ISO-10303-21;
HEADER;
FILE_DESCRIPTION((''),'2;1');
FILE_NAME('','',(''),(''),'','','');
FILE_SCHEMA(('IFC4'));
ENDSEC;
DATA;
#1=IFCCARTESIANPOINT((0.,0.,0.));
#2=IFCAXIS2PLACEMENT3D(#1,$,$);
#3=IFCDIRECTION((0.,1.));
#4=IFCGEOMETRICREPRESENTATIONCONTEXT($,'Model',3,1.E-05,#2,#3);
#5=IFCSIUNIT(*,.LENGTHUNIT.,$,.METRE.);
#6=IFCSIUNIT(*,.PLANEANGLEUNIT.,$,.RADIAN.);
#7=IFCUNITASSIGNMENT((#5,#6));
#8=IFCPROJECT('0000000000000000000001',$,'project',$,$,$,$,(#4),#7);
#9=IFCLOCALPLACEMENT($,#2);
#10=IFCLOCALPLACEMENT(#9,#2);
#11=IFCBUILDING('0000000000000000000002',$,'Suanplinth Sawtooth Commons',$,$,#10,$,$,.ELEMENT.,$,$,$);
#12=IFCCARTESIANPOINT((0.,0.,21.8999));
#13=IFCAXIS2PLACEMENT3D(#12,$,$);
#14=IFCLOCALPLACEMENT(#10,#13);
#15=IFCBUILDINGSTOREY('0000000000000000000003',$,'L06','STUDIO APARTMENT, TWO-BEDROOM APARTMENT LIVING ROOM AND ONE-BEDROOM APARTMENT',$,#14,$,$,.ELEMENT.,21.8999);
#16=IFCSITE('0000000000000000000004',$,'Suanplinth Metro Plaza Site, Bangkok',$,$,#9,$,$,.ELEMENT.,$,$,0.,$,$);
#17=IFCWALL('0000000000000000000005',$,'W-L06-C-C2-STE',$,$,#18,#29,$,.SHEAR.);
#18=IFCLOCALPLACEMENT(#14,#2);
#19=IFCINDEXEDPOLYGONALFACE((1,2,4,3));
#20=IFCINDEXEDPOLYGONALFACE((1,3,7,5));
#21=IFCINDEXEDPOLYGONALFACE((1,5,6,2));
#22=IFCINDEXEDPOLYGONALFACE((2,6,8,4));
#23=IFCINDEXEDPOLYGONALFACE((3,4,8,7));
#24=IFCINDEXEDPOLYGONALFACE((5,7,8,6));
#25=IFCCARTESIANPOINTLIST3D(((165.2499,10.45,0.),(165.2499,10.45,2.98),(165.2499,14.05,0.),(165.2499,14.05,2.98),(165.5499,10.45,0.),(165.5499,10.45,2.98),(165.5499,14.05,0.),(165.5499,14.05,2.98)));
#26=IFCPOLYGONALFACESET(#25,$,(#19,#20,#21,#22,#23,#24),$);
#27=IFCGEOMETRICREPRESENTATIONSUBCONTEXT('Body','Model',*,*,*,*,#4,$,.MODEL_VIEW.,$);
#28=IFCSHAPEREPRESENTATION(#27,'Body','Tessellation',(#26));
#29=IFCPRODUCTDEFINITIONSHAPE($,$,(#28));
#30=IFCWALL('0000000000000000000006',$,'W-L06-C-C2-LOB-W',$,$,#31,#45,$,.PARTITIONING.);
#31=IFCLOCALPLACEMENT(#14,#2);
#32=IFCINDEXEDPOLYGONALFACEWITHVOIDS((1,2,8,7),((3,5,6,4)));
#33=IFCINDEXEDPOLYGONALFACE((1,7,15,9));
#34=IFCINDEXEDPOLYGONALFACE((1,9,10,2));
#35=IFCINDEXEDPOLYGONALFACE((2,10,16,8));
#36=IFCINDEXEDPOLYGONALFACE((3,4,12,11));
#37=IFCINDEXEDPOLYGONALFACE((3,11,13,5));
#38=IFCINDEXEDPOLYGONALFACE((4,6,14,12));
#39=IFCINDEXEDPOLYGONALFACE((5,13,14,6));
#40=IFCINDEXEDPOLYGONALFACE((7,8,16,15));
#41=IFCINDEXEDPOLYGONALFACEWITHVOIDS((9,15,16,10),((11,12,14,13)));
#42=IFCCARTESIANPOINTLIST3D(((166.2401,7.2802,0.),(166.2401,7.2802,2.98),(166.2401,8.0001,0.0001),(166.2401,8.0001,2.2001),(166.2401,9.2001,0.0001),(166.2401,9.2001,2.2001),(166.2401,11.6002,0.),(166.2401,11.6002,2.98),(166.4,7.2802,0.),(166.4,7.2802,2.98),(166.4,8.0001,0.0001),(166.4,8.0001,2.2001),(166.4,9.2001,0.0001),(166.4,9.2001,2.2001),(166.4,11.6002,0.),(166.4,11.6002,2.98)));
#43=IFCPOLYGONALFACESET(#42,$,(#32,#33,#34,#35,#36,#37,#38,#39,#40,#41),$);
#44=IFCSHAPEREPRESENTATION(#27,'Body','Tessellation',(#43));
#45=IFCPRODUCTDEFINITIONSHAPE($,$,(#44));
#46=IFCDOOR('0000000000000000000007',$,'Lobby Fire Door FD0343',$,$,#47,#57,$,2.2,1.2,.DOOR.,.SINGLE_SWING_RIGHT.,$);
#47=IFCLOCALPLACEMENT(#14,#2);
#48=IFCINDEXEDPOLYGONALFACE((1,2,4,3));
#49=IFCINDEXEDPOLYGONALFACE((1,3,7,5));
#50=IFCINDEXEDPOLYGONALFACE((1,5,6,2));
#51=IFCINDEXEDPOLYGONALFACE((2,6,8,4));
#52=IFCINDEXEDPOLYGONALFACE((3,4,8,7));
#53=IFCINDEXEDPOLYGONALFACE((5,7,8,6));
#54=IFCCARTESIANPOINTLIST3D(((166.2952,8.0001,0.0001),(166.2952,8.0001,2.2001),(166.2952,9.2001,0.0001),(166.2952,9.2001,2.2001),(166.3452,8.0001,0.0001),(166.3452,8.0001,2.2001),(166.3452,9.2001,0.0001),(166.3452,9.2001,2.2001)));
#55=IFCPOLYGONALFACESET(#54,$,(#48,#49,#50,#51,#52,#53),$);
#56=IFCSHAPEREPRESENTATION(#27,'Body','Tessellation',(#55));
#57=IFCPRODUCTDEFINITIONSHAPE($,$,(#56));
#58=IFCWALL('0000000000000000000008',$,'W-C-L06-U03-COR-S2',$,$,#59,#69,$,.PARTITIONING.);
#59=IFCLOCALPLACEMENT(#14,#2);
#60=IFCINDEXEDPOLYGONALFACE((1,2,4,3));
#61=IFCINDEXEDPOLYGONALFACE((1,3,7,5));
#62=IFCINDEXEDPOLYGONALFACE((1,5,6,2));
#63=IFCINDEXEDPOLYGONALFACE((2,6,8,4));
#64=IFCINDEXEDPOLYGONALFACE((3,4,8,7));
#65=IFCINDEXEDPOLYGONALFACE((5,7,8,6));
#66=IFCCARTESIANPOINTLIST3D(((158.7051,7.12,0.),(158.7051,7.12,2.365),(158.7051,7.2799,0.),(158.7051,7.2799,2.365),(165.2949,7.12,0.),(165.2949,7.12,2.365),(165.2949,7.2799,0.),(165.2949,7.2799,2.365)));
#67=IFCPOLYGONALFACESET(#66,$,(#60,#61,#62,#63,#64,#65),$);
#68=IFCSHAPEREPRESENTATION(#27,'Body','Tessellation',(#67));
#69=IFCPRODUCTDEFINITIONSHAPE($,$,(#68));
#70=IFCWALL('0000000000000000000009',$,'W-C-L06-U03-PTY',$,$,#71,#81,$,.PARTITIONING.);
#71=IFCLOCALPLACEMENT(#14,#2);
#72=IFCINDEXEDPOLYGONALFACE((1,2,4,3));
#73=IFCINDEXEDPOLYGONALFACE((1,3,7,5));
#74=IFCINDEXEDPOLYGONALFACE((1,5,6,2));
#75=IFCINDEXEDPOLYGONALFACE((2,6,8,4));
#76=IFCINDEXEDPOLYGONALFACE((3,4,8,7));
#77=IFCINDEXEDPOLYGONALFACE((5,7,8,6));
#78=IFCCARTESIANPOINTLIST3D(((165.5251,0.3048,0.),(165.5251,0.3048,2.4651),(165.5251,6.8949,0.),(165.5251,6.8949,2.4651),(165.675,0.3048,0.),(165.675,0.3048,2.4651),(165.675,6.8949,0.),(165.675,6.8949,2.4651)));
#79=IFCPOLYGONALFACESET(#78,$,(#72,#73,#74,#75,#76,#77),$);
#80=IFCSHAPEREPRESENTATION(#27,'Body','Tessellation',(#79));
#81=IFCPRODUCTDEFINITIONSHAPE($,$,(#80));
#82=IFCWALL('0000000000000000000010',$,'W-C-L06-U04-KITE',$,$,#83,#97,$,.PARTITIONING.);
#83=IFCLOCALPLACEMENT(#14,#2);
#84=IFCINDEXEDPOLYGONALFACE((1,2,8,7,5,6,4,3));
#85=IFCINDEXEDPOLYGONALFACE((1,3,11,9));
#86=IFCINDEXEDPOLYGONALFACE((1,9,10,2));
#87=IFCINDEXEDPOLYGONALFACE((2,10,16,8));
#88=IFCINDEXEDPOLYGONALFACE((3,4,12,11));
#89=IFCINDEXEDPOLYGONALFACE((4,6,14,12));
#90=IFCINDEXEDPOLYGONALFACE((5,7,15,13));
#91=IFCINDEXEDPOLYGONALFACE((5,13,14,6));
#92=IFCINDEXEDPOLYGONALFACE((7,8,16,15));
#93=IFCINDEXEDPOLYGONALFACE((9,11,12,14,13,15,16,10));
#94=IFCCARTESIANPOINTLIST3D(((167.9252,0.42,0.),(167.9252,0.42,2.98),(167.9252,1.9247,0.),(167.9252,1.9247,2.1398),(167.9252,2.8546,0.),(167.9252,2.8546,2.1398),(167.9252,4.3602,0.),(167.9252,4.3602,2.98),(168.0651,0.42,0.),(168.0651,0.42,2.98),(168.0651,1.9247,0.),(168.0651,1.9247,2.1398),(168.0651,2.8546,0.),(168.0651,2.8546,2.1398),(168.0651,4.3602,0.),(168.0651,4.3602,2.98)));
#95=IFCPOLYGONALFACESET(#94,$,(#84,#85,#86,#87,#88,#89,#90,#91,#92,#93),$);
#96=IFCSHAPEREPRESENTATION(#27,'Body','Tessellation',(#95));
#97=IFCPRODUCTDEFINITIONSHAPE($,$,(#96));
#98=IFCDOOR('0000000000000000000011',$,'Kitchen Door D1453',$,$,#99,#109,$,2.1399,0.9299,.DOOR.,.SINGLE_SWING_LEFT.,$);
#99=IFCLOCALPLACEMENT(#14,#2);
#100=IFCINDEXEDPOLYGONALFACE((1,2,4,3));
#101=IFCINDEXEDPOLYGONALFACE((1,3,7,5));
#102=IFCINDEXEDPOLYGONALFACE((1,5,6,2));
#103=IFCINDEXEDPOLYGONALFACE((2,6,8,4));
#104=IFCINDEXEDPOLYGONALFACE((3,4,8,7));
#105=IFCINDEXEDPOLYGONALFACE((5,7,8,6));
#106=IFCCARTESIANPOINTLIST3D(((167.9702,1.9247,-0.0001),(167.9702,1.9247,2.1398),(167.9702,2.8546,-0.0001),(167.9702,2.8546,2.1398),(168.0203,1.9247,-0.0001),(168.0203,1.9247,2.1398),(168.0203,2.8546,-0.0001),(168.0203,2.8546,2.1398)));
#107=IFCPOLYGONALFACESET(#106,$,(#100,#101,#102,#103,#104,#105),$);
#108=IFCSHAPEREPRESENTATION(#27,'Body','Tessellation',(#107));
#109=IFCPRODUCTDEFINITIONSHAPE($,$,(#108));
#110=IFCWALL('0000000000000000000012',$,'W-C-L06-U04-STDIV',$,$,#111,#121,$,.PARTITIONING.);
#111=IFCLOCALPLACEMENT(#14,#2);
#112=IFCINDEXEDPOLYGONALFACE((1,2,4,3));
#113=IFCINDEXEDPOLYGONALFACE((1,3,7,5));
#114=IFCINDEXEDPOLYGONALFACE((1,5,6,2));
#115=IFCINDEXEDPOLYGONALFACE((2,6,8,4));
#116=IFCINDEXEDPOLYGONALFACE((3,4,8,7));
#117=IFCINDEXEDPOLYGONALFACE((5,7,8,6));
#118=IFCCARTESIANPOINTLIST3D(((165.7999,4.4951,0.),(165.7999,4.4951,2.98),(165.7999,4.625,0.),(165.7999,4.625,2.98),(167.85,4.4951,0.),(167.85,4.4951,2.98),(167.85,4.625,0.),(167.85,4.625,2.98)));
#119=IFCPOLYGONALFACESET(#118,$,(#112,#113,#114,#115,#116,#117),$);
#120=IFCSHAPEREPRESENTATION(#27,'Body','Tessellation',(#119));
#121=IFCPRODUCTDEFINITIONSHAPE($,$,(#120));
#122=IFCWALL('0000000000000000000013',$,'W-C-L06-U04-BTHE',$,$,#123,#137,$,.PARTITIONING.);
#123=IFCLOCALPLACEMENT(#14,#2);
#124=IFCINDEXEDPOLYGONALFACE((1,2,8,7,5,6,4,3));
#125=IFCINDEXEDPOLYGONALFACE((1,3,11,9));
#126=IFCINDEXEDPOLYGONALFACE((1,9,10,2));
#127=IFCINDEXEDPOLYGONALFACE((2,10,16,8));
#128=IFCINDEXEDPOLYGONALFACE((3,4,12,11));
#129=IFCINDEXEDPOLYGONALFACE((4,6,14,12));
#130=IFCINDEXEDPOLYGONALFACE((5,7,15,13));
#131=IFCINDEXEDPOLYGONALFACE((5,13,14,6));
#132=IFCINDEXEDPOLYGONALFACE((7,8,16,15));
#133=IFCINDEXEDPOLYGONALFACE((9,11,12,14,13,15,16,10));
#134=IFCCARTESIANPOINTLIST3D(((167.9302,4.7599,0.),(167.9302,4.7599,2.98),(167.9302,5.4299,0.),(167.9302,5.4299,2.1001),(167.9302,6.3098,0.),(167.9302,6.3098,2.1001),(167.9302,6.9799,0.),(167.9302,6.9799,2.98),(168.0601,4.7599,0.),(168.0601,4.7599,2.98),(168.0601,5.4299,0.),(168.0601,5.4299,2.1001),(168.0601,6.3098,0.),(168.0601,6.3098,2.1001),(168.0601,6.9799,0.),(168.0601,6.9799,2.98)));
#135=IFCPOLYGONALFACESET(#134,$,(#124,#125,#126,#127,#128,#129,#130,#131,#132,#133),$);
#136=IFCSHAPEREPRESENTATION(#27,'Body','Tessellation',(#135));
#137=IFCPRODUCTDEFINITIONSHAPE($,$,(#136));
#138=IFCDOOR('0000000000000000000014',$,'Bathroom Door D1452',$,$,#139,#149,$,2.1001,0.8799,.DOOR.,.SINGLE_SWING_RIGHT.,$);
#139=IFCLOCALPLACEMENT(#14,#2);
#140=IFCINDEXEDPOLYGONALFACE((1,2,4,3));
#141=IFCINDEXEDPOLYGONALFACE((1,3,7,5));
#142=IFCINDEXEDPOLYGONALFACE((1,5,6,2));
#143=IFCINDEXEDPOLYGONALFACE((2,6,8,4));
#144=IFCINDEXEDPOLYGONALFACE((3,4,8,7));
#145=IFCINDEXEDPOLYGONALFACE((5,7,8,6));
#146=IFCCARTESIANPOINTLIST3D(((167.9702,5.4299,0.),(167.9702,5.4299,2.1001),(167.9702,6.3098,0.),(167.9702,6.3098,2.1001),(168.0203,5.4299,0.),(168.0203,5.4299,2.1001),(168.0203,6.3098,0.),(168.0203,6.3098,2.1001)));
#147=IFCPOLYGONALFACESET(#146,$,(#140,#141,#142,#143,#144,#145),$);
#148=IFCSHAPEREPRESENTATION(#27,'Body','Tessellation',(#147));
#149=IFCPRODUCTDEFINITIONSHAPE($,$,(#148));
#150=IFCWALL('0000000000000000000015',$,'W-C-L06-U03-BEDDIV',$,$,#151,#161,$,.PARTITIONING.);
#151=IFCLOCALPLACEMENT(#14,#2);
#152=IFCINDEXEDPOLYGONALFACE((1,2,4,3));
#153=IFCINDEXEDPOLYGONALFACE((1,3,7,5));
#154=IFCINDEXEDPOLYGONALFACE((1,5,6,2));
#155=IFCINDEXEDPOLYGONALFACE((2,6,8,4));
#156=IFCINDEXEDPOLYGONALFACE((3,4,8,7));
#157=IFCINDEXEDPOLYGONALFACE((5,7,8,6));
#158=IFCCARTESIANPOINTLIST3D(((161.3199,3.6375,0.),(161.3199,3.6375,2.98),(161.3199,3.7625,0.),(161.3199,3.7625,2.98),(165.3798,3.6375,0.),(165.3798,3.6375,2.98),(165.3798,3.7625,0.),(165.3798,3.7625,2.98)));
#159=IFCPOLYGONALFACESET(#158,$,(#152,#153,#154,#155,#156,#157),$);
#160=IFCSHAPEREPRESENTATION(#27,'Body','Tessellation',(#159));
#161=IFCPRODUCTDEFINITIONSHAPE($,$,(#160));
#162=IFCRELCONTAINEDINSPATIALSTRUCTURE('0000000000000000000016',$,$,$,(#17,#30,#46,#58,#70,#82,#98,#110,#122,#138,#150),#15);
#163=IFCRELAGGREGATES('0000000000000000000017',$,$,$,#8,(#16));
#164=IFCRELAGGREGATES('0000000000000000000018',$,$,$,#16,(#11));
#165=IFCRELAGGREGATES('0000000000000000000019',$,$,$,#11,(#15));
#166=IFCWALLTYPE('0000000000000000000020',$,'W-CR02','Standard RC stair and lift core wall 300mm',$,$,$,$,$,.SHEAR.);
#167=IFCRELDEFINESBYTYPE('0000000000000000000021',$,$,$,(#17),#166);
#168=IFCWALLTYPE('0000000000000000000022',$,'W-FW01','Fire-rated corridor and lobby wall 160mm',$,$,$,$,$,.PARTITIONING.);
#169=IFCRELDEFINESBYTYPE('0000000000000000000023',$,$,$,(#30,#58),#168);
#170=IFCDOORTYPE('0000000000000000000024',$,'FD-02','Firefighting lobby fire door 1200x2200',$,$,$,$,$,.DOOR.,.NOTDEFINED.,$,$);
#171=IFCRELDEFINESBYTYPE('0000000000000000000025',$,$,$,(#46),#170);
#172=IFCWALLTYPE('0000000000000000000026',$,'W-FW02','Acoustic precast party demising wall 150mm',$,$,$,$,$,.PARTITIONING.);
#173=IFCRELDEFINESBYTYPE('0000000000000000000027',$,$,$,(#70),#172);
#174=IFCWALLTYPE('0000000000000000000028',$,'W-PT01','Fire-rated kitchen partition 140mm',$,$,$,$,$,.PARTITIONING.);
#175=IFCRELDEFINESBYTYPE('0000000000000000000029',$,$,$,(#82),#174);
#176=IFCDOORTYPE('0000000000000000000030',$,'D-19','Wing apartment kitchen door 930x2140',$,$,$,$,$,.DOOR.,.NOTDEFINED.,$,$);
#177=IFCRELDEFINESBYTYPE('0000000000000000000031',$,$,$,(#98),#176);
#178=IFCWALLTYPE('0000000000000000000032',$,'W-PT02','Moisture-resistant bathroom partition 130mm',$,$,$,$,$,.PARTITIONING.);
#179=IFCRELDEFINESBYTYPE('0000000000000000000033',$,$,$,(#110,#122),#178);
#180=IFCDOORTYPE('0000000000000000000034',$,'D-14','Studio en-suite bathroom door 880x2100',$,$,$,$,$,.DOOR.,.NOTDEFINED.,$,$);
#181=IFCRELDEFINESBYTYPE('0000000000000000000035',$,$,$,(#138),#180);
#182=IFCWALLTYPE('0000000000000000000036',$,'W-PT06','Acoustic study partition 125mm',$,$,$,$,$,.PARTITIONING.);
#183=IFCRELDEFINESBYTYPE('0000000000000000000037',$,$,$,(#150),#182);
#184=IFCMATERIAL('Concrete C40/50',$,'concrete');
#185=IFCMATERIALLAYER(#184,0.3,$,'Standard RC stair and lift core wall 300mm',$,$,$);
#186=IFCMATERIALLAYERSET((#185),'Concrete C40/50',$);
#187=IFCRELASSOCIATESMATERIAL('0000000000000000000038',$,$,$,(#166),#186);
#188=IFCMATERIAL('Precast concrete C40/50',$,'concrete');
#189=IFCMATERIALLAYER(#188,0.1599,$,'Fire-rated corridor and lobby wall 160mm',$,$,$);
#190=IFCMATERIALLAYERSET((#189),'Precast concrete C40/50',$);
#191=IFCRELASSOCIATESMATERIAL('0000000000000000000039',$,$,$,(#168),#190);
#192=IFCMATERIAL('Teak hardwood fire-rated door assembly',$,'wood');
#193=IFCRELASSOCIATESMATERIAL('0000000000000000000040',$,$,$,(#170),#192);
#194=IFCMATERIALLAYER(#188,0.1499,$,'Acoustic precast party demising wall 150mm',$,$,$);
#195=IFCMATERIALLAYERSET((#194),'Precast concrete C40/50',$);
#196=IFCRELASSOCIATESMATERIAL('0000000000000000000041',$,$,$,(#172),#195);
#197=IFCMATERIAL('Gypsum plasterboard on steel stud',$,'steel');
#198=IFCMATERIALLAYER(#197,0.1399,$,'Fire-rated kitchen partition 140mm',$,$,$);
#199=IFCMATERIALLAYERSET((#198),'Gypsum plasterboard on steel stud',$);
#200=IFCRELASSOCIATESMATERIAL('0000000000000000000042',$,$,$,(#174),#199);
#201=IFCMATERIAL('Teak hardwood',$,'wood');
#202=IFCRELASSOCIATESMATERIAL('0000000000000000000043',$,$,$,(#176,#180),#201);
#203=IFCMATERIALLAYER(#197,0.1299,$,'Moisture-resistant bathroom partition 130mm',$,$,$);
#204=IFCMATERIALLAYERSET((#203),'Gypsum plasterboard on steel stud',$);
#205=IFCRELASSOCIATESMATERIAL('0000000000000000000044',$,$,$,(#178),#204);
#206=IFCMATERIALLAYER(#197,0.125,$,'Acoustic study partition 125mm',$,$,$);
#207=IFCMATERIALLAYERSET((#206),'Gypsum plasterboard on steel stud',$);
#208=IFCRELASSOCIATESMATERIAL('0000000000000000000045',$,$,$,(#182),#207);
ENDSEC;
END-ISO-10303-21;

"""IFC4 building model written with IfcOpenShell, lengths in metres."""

from ifc_helpers import new_model, si_unit, direction, frame, frame_2d, origin, place, context, subcontext, project, spatial, rectangle, extrude, material, layer, layer_set, type_object, element, fill, save


model = new_model("IFC4")

# Units and contexts
model_context = context("Model", 3, precision=1e-05, world=origin(), true_north=direction((0.0, 1.0)))
body_context = subcontext(model_context, "Body", "Model", "MODEL_VIEW")
ifc_project = project(units=[si_unit("LENGTHUNIT", "METRE"), si_unit("PLANEANGLEUNIT", "RADIAN")], contexts=[model_context])

# Site, building, storey
site_placement = place(None, origin())
site = spatial("IfcSite", under=ifc_project, at=site_placement, Name="Suanplinth Metro Plaza Site, Bangkok", CompositionType="ELEMENT", RefElevation=0.0)
building_placement = place(site_placement, origin())
building = spatial("IfcBuilding", under=site, at=building_placement, Name="Suanplinth Sawtooth Commons", CompositionType="ELEMENT")
storey_placement = place(building_placement, frame((0.0, 0.0, 21.8999)))
storey = spatial("IfcBuildingStorey", under=building, at=storey_placement, Name="L06", Description="STUDIO APARTMENT, TWO-BEDROOM APARTMENT LIVING ROOM AND ONE-BEDROOM APARTMENT", CompositionType="ELEMENT", Elevation=21.8999)

# Shared definitions
ifc_material_1 = material(Name="Precast concrete C40/50", Category="concrete")

# Shared definitions
ifc_material_2 = material(Name="Concrete C40/50", Category="concrete")
ifc_layer_1 = layer(ifc_material_2, 0.3, Name="Standard RC stair and lift core wall 300mm")
ifc_layer_set_1 = layer_set([ifc_layer_1], Name="Concrete C40/50")
wall_type_1 = type_object("IfcWallType", Name="W-CR02", Description="Standard RC stair and lift core wall 300mm", PredefinedType="SHEAR", material=ifc_layer_set_1)
ifc_material_3 = material(Name="Teak hardwood fire-rated door assembly", Category="wood")

# Wall
for number, where, z_axis, x_axis, name in (
    (1, (165.3999, 10.45, 0.0), (0.0, 0.0, 1.0), (0.0, 1.0, 0.0), "W-L06-C-C2-STE"),
):
    element("IfcWall", number, at=place(storey_placement, frame(where, z_axis=z_axis, x_axis=x_axis)), inside=storey, type_object=wall_type_1, Name=name, PredefinedType="SHEAR", context=body_context, shape_type="SweptSolid", body=[
        extrude(rectangle(XDim=3.6001, YDim=0.3, at=frame_2d((1.8, 0.0))), origin(), (0.0, 0.0, 1.0), 2.98),
    ])

# Wall, opening, door
ifc_layer_2 = layer(ifc_material_1, 0.1599, Name="Fire-rated corridor and lobby wall 160mm")
ifc_layer_set_2 = layer_set([ifc_layer_2], Name="Precast concrete C40/50")
wall_type_2 = type_object("IfcWallType", Name="W-FW01", Description="Fire-rated corridor and lobby wall 160mm", PredefinedType="PARTITIONING", material=ifc_layer_set_2)
wall_1_placement = place(storey_placement, frame((166.3201, 7.28, 0.0), z_axis=(0.0, 0.0, 1.0), x_axis=(0.0, 1.0, 0.0)))
wall_1 = element("IfcWall", 2, at=wall_1_placement, inside=storey, type_object=wall_type_2, Name="W-L06-C-C2-LOB-W", PredefinedType="PARTITIONING", context=body_context, shape_type="SweptSolid", body=[
    extrude(rectangle(XDim=4.3201, YDim=0.1599, at=frame_2d((2.1602, 0.0))), origin(), (0.0, 0.0, 1.0), 2.98),
])
opening_1_placement = place(wall_1_placement, frame((0.72, 0.0, 0.0)))
opening_1 = element("IfcOpeningElement", 3, at=opening_1_placement, cuts=wall_1, PredefinedType="OPENING", context=body_context, shape_type="SweptSolid", body=[
    extrude(rectangle(XDim=1.2, YDim=2.2, at=frame_2d((0.6001, 1.1001))), frame((0.0, 0.0947, 0.0), z_axis=(0.0, -1.0, 0.0), x_axis=(1.0, 0.0, 0.0)), (0.0, 0.0, 1.0), 0.1897),
])
door_type_1 = type_object("IfcDoorType", Name="FD-02", Description="Firefighting lobby fire door 1200x2200", OperationType="NOTDEFINED", PredefinedType="DOOR", material=ifc_material_3)
door_1_placement = place(opening_1_placement, origin())
door_1 = element("IfcDoor", 4, at=door_1_placement, inside=storey, type_object=door_type_1, Name="Lobby Fire Door FD0343", OperationType="SINGLE_SWING_RIGHT", OverallHeight=2.2, OverallWidth=1.2, PredefinedType="DOOR", context=body_context, shape_type="SweptSolid", body=[
    extrude(rectangle(XDim=1.2, YDim=2.2, at=frame_2d((0.6001, 1.1001))), frame((0.0, 0.0249, 0.0), z_axis=(0.0, -1.0, 0.0), x_axis=(1.0, 0.0, 0.0)), (0.0, 0.0, 1.0), 0.05),
])
fill(opening_1, door_1)

# Wall
wall_2_placement = place(storey_placement, frame((158.7051, 7.2, 0.0), z_axis=(0.0, 0.0, 1.0), x_axis=(1.0, 0.0, 0.0)))
element("IfcWall", 5, at=wall_2_placement, inside=storey, type_object=wall_type_2, Name="W-C-L06-U03-COR-S2", PredefinedType="PARTITIONING", context=body_context, shape_type="SweptSolid", body=[
    extrude(rectangle(XDim=6.5898, YDim=0.1599, at=frame_2d((3.2949, 0.0))), origin(), (0.0, 0.0, 1.0), 2.365),
])

# Wall
ifc_layer_3 = layer(ifc_material_1, 0.1499, Name="Acoustic precast party demising wall 150mm")
ifc_layer_set_3 = layer_set([ifc_layer_3], Name="Precast concrete C40/50")
wall_type_3 = type_object("IfcWallType", Name="W-FW02", Description="Acoustic precast party demising wall 150mm", PredefinedType="PARTITIONING", material=ifc_layer_set_3)
wall_3_placement = place(storey_placement, frame((165.6001, 0.3049, 0.0), z_axis=(0.0, 0.0, 1.0), x_axis=(0.0, 1.0, 0.0)))
element("IfcWall", 6, at=wall_3_placement, inside=storey, type_object=wall_type_3, Name="W-C-L06-U03-PTY", PredefinedType="PARTITIONING", context=body_context, shape_type="SweptSolid", body=[
    extrude(rectangle(XDim=6.5901, YDim=0.1499, at=frame_2d((3.2949, 0.0))), origin(), (0.0, 0.0, 1.0), 2.4651),
])

# Wall, opening, door
ifc_material_4 = material(Name="Gypsum plasterboard on steel stud", Category="steel")
ifc_layer_4 = layer(ifc_material_4, 0.1399, Name="Fire-rated kitchen partition 140mm")
ifc_layer_set_4 = layer_set([ifc_layer_4], Name="Gypsum plasterboard on steel stud")
wall_type_4 = type_object("IfcWallType", Name="W-PT01", Description="Fire-rated kitchen partition 140mm", PredefinedType="PARTITIONING", material=ifc_layer_set_4)
wall_4_placement = place(storey_placement, frame((167.9951, 0.4199, 0.0), z_axis=(0.0, 0.0, 1.0), x_axis=(0.0, 1.0, 0.0)))
wall_4 = element("IfcWall", 7, at=wall_4_placement, inside=storey, type_object=wall_type_4, Name="W-C-L06-U04-KITE", PredefinedType="PARTITIONING", context=body_context, shape_type="SweptSolid", body=[
    extrude(rectangle(XDim=3.9402, YDim=0.1399, at=frame_2d((1.9702, 0.0))), origin(), (0.0, 0.0, 1.0), 2.98),
])
opening_2_placement = place(wall_4_placement, frame((1.5049, 0.0, 0.0)))
opening_2 = element("IfcOpeningElement", 8, at=opening_2_placement, cuts=wall_4, PredefinedType="OPENING", context=body_context, shape_type="SweptSolid", body=[
    extrude(rectangle(XDim=0.9299, YDim=2.1399, at=frame_2d((0.4648, 1.0698))), frame((0.0, 0.085, 0.0), z_axis=(0.0, -1.0, 0.0), x_axis=(1.0, 0.0, 0.0)), (0.0, 0.0, 1.0), 0.1697),
])
ifc_material_5 = material(Name="Teak hardwood", Category="wood")
door_type_2 = type_object("IfcDoorType", Name="D-19", Description="Wing apartment kitchen door 930x2140", OperationType="NOTDEFINED", PredefinedType="DOOR", material=ifc_material_5)
door_2_placement = place(opening_2_placement, origin())
door_2 = element("IfcDoor", 9, at=door_2_placement, inside=storey, type_object=door_type_2, Name="Kitchen Door D1453", OperationType="SINGLE_SWING_LEFT", OverallHeight=2.1399, OverallWidth=0.9299, PredefinedType="DOOR", context=body_context, shape_type="SweptSolid", body=[
    extrude(rectangle(XDim=0.9299, YDim=2.1399, at=frame_2d((0.4648, 1.0698))), frame((0.0, 0.0249, 0.0), z_axis=(0.0, -1.0, 0.0), x_axis=(1.0, 0.0, 0.0)), (0.0, 0.0, 1.0), 0.05),
])
fill(opening_2, door_2)

# Wall
ifc_layer_5 = layer(ifc_material_4, 0.1299, Name="Moisture-resistant bathroom partition 130mm")
ifc_layer_set_5 = layer_set([ifc_layer_5], Name="Gypsum plasterboard on steel stud")
wall_type_5 = type_object("IfcWallType", Name="W-PT02", Description="Moisture-resistant bathroom partition 130mm", PredefinedType="PARTITIONING", material=ifc_layer_set_5)
wall_5_placement = place(storey_placement, frame((165.8, 4.5601, 0.0), z_axis=(0.0, 0.0, 1.0), x_axis=(1.0, 0.0, 0.0)))
element("IfcWall", 10, at=wall_5_placement, inside=storey, type_object=wall_type_5, Name="W-C-L06-U04-STDIV", PredefinedType="PARTITIONING", context=body_context, shape_type="SweptSolid", body=[
    extrude(rectangle(XDim=2.05, YDim=0.1299, at=frame_2d((1.0249, 0.0))), origin(), (0.0, 0.0, 1.0), 2.98),
])

# Wall, opening, door
wall_6_placement = place(storey_placement, frame((167.9951, 4.76, 0.0), z_axis=(0.0, 0.0, 1.0), x_axis=(0.0, 1.0, 0.0)))
wall_6 = element("IfcWall", 11, at=wall_6_placement, inside=storey, type_object=wall_type_5, Name="W-C-L06-U04-BTHE", PredefinedType="PARTITIONING", context=body_context, shape_type="SweptSolid", body=[
    extrude(rectangle(XDim=2.22, YDim=0.1299, at=frame_2d((1.1099, 0.0))), origin(), (0.0, 0.0, 1.0), 2.98),
])
opening_3_placement = place(wall_6_placement, frame((0.6699, 0.0, 0.0)))
opening_3 = element("IfcOpeningElement", 12, at=opening_3_placement, cuts=wall_6, PredefinedType="OPENING", context=body_context, shape_type="SweptSolid", body=[
    extrude(rectangle(XDim=0.8799, YDim=2.1001, at=frame_2d((0.4399, 1.05))), frame((0.0, 0.0798, 0.0), z_axis=(0.0, -1.0, 0.0), x_axis=(1.0, 0.0, 0.0)), (0.0, 0.0, 1.0), 0.1597),
])
door_type_3 = type_object("IfcDoorType", Name="D-14", Description="Studio en-suite bathroom door 880x2100", OperationType="NOTDEFINED", PredefinedType="DOOR", material=ifc_material_5)
door_3_placement = place(opening_3_placement, origin())
door_3 = element("IfcDoor", 13, at=door_3_placement, inside=storey, type_object=door_type_3, Name="Bathroom Door D1452", OperationType="SINGLE_SWING_RIGHT", OverallHeight=2.1001, OverallWidth=0.8799, PredefinedType="DOOR", context=body_context, shape_type="SweptSolid", body=[
    extrude(rectangle(XDim=0.8799, YDim=2.1001, at=frame_2d((0.4399, 1.05))), frame((0.0, 0.0249, 0.0), z_axis=(0.0, -1.0, 0.0), x_axis=(1.0, 0.0, 0.0)), (0.0, 0.0, 1.0), 0.05),
])
fill(opening_3, door_3)

# Wall
ifc_layer_6 = layer(ifc_material_4, 0.125, Name="Acoustic study partition 125mm")
ifc_layer_set_6 = layer_set([ifc_layer_6], Name="Gypsum plasterboard on steel stud")
wall_type_6 = type_object("IfcWallType", Name="W-PT06", Description="Acoustic study partition 125mm", PredefinedType="PARTITIONING", material=ifc_layer_set_6)
wall_7_placement = place(storey_placement, frame((161.3201, 3.7, 0.0), z_axis=(0.0, 0.0, 1.0), x_axis=(1.0, 0.0, 0.0)))
element("IfcWall", 14, at=wall_7_placement, inside=storey, type_object=wall_type_6, Name="W-C-L06-U03-BEDDIV", PredefinedType="PARTITIONING", context=body_context, shape_type="SweptSolid", body=[
    extrude(rectangle(XDim=4.0598, YDim=0.125, at=frame_2d((2.0298, 0.0))), origin(), (0.0, 0.0, 1.0), 2.98),
])

save(model, "model.ifc")
